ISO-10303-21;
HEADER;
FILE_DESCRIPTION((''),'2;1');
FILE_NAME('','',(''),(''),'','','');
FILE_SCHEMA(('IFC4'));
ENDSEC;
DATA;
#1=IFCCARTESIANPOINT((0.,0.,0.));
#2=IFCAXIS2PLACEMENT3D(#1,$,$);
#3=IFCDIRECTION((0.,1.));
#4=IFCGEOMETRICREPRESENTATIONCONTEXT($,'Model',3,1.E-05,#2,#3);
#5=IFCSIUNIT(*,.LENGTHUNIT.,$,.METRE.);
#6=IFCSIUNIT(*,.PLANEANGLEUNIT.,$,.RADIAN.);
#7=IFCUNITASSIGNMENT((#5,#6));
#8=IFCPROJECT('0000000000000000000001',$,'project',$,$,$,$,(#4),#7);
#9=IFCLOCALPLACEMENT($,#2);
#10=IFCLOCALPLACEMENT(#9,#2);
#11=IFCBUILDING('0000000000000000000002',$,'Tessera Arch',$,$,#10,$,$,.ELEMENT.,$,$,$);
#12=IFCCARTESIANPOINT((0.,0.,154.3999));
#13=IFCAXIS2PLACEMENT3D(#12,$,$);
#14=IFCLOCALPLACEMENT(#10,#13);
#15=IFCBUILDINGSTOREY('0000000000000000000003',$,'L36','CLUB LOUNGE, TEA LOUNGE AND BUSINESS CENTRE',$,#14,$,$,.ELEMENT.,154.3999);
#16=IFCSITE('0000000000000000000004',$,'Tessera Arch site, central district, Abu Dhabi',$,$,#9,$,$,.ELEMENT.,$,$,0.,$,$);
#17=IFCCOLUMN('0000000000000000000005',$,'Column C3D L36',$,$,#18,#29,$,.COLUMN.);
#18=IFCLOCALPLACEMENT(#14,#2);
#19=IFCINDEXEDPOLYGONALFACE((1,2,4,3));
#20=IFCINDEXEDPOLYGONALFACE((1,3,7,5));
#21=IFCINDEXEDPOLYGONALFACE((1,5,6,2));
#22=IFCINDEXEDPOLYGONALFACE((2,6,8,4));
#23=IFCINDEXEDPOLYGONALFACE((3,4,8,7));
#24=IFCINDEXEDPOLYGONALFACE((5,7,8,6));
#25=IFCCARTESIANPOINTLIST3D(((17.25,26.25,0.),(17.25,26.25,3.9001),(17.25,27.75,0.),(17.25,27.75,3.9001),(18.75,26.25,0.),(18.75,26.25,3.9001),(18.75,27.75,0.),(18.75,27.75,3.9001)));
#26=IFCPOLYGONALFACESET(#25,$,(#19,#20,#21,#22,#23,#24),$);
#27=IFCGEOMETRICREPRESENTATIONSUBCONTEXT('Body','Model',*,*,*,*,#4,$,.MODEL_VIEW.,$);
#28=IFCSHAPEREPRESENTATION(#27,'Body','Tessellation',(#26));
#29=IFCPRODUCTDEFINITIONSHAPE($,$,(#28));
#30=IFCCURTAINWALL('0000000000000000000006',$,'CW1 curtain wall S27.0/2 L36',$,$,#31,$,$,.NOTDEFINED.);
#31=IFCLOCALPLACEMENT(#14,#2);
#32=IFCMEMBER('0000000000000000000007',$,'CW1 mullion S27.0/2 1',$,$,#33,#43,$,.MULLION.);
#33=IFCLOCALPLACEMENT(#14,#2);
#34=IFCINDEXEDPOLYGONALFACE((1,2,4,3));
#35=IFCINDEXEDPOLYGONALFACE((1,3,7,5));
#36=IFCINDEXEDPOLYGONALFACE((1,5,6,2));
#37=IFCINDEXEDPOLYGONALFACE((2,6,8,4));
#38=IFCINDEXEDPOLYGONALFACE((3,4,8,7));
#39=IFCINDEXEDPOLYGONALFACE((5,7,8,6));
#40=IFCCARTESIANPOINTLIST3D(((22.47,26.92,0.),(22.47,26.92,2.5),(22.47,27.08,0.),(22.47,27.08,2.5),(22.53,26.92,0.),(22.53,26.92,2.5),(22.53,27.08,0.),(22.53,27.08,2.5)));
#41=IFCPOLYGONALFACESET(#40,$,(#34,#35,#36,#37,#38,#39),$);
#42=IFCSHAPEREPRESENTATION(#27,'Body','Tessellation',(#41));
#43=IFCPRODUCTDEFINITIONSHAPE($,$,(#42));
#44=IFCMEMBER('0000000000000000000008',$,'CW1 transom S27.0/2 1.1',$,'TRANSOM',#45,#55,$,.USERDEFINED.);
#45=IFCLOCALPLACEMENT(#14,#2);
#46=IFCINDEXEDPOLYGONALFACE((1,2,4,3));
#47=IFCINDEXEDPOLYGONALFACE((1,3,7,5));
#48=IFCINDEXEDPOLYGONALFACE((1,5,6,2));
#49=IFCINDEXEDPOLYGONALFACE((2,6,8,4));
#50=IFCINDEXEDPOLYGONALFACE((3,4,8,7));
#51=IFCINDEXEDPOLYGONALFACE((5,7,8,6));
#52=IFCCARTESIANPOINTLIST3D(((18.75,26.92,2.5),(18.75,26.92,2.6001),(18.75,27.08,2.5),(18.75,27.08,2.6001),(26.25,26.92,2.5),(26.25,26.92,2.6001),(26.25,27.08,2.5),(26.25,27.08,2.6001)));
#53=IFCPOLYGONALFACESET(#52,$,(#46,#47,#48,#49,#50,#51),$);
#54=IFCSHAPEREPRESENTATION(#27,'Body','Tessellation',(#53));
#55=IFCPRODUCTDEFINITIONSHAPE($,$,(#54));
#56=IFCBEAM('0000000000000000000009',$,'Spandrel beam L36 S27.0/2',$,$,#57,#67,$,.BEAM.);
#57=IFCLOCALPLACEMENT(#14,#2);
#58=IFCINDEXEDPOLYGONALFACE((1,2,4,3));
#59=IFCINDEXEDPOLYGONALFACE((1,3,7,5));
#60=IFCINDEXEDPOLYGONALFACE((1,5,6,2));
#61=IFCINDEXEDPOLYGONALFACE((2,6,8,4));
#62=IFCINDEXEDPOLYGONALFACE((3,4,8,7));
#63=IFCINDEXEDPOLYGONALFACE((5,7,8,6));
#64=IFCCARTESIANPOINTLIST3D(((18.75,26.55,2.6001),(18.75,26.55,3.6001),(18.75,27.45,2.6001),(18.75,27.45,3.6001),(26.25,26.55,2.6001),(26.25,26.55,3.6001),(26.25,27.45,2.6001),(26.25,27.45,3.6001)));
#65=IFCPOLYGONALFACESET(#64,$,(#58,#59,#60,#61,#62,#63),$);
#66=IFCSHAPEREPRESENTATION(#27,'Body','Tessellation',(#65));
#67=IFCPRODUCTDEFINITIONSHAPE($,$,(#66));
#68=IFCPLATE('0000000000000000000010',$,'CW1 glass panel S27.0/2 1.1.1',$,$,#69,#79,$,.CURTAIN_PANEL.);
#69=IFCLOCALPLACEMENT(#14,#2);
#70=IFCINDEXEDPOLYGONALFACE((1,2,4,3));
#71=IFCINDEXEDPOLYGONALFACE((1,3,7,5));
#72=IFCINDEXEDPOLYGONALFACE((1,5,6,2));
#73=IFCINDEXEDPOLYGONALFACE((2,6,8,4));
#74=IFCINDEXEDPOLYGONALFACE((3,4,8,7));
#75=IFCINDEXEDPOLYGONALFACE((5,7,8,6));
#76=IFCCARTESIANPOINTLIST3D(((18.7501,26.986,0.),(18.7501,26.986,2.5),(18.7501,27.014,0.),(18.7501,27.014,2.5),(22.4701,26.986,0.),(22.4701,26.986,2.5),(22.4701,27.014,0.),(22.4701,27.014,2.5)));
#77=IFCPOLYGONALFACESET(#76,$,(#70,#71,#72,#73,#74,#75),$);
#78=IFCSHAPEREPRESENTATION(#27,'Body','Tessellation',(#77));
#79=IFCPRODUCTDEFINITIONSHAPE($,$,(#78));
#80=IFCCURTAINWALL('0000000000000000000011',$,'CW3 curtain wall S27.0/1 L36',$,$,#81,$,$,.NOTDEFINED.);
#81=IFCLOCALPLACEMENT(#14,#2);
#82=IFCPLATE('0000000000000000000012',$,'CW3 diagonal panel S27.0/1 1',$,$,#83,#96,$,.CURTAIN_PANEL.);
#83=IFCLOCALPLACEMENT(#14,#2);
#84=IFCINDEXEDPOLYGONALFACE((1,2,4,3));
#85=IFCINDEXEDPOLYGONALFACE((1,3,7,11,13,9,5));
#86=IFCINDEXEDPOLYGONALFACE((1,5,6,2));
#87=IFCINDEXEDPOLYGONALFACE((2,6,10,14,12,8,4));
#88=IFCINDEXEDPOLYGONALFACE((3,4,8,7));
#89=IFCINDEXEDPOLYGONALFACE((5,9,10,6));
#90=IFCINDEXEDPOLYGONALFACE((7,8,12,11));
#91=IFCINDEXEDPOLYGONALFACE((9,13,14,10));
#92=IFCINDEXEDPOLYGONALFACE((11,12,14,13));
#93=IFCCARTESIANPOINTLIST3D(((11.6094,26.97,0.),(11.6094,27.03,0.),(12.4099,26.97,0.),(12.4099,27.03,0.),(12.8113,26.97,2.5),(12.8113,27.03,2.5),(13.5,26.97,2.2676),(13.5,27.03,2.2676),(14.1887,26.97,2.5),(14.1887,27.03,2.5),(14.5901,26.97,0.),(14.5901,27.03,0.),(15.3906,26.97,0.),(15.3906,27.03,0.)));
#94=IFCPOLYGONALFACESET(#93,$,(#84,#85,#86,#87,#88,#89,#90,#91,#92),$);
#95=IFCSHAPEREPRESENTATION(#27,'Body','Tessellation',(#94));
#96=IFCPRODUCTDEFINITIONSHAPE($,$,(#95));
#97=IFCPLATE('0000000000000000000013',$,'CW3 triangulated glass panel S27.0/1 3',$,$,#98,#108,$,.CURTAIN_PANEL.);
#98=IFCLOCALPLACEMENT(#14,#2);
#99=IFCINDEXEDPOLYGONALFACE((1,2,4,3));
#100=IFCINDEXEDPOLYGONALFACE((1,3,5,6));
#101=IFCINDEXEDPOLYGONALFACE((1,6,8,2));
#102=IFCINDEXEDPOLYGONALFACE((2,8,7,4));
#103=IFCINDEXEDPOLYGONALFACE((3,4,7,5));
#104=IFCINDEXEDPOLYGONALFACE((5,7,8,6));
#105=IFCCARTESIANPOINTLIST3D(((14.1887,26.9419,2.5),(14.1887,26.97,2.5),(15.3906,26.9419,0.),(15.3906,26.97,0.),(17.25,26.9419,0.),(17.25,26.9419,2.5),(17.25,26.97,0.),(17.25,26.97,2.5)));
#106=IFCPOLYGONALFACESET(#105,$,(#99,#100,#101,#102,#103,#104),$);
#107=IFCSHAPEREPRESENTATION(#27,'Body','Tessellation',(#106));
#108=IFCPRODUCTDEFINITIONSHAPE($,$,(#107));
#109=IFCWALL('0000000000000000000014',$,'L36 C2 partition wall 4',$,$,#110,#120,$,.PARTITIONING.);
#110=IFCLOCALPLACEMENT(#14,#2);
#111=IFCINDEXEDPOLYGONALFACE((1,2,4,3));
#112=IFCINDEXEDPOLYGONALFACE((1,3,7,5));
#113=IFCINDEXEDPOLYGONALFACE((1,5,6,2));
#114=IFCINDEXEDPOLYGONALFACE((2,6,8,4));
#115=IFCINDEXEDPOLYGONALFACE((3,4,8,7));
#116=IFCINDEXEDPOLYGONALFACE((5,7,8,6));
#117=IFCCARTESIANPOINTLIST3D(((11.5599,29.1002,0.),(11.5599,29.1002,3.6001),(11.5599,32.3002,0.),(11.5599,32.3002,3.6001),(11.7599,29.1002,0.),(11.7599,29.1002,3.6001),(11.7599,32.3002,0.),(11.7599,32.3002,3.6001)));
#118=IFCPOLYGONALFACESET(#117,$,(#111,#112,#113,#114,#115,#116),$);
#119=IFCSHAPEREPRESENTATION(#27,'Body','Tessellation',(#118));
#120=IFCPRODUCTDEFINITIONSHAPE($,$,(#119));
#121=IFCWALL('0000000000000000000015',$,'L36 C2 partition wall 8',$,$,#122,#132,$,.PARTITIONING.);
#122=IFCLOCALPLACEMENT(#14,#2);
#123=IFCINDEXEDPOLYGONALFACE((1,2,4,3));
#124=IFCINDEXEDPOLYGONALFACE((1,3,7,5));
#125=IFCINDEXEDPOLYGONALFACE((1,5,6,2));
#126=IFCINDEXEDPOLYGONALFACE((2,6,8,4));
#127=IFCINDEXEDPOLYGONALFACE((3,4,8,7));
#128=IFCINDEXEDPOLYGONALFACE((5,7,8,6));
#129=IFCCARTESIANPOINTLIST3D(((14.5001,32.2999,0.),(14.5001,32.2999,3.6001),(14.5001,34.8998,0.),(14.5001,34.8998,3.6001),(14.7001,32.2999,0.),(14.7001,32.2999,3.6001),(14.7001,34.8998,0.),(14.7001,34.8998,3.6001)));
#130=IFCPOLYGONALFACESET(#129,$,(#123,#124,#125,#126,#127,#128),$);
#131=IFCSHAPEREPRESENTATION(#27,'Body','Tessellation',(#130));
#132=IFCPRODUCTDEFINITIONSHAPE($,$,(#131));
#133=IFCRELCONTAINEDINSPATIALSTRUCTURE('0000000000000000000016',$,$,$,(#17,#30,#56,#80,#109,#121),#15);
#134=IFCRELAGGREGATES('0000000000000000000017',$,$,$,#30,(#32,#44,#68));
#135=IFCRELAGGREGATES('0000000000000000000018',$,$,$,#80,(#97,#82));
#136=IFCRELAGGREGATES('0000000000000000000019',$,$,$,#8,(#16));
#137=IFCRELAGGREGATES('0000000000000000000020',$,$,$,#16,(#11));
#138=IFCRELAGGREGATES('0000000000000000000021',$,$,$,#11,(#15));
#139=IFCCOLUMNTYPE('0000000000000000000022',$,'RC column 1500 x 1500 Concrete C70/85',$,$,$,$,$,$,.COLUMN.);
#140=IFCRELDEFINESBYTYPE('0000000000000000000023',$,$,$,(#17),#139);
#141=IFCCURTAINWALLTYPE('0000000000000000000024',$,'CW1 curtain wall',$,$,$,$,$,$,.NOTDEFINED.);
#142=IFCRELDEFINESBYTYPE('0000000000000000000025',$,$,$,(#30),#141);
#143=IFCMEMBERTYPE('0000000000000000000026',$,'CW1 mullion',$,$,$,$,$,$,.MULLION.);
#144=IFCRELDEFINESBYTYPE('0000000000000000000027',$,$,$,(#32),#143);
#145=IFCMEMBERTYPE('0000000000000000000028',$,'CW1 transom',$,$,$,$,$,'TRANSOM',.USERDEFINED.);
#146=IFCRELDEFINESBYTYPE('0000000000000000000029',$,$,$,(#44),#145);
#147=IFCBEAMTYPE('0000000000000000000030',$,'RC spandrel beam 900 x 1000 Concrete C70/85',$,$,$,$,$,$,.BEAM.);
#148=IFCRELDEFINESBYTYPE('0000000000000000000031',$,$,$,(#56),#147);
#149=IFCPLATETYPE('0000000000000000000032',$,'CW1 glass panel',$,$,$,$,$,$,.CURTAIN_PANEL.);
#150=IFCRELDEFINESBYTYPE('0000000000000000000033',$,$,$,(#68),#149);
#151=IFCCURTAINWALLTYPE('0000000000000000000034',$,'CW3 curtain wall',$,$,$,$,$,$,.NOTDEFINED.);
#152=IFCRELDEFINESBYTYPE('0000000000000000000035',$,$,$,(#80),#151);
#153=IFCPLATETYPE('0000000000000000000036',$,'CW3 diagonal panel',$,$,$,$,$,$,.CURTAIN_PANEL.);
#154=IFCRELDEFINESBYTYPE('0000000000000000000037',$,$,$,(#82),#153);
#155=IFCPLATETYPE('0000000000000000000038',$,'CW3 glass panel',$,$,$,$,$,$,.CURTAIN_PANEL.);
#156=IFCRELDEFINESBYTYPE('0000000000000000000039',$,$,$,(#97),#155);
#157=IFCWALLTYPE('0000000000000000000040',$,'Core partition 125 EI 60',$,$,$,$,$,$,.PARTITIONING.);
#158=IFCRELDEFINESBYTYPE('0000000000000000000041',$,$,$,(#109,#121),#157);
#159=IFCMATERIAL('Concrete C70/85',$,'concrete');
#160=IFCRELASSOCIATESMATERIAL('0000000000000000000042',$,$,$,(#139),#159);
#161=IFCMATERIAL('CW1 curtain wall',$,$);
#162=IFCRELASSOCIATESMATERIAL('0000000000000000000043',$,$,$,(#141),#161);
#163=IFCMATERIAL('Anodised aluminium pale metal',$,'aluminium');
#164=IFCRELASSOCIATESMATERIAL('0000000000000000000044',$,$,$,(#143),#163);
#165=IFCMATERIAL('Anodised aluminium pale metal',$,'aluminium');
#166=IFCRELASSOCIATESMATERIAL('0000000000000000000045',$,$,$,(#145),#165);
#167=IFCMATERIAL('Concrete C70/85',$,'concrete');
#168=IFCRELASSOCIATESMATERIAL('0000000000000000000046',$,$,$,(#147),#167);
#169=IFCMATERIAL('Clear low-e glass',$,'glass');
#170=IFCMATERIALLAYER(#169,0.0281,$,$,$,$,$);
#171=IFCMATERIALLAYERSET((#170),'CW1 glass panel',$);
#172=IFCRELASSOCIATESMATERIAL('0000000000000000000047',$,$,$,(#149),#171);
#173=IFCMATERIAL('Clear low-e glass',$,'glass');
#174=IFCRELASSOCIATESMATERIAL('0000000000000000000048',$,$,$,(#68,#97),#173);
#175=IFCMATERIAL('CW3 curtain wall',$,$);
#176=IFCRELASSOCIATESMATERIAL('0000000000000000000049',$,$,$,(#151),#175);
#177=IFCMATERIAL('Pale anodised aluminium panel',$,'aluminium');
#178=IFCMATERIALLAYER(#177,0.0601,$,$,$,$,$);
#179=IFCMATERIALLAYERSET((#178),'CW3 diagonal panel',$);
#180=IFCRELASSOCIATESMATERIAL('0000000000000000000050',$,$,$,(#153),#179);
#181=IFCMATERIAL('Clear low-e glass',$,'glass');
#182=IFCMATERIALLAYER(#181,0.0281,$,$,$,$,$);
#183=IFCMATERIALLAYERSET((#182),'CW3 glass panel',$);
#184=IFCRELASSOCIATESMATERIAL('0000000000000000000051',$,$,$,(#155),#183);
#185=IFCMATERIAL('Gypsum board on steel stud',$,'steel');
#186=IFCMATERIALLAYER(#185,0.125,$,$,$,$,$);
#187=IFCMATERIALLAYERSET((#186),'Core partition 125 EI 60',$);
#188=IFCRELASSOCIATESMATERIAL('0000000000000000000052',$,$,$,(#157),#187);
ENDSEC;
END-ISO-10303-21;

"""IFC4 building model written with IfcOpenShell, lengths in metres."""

from ifc_helpers import new_model, si_unit, direction, frame, frame_2d, origin, origin_2d, place, context, subcontext, project, spatial, polyline, rectangle, outline, extrude, material, layer, layer_set, material_profile, profile_set, type_object, element, aggregate, save


model = new_model("IFC4")

# Units and contexts
model_context = context("Model", 3, precision=1e-05, world=origin(), true_north=direction((0.0, 1.0)))
body_context = subcontext(model_context, "Body", "Model", "MODEL_VIEW")
ifc_project = project(units=[si_unit("LENGTHUNIT", "METRE"), si_unit("PLANEANGLEUNIT", "RADIAN")], contexts=[model_context])

# Site, building, storey
site_placement = place(None, origin())
site = spatial("IfcSite", under=ifc_project, at=site_placement, Name="Tessera Arch site, central district, Abu Dhabi", CompositionType="ELEMENT", RefElevation=0.0)
building_placement = place(site_placement, origin())
building = spatial("IfcBuilding", under=site, at=building_placement, Name="Tessera Arch", CompositionType="ELEMENT")
storey_placement = place(building_placement, frame((0.0, 0.0, 154.3999)))
storey = spatial("IfcBuildingStorey", under=building, at=storey_placement, Name="L36", Description="CLUB LOUNGE, TEA LOUNGE AND BUSINESS CENTRE", CompositionType="ELEMENT", Elevation=154.3999)

# Column
ifc_material_1 = material(Name="Concrete C70/85", Category="concrete")
ifc_material_profile_1 = material_profile(ifc_material_1, rectangle(XDim=1.5, YDim=1.5, at=origin_2d()), Name="RC column 1500 x 1500 Concrete C70/85")
ifc_profile_set_1 = profile_set([ifc_material_profile_1], Name="Concrete C70/85")
column_type = type_object("IfcColumnType", Name="RC column 1500 x 1500 Concrete C70/85", PredefinedType="COLUMN", material=ifc_profile_set_1)
column_placement = place(storey_placement, frame((18.0, 27.0, 0.0), z_axis=(0.0, 0.0, 1.0), x_axis=(1.0, 0.0, 0.0)))
element("IfcColumn", 1, at=column_placement, inside=storey, type_object=column_type, Name="Column C3D L36", PredefinedType="COLUMN", context=body_context, shape_type="SweptSolid", body=[
    extrude(rectangle(XDim=1.5, YDim=1.5, at=origin_2d()), origin(), (0.0, 0.0, 1.0), 3.9001),
])

# Curtain wall, members
ifc_material_2 = material(Name="CW1 curtain wall")
curtain_wall_type_1 = type_object("IfcCurtainWallType", Name="CW1 curtain wall", PredefinedType="NOTDEFINED", material=ifc_material_2)
curtain_wall_1_placement = place(storey_placement, origin())
curtain_wall_1 = element("IfcCurtainWall", 2, at=curtain_wall_1_placement, inside=storey, type_object=curtain_wall_type_1, Name="CW1 curtain wall S27.0/2 L36", PredefinedType="NOTDEFINED")
ifc_material_3 = material(Name="Anodised aluminium pale metal", Category="aluminium")
ifc_material_profile_2 = material_profile(ifc_material_3, rectangle(XDim=0.1599, YDim=0.0601, at=origin_2d()), Name="AL 60x160")
ifc_profile_set_2 = profile_set([ifc_material_profile_2], Name="Anodised aluminium pale metal")
member_type_1 = type_object("IfcMemberType", Name="CW1 mullion", PredefinedType="MULLION", material=ifc_profile_set_2)
member_1_placement = place(storey_placement, frame((22.5, 27.0, 0.0), z_axis=(0.0, 0.0, 1.0), x_axis=(0.0, 1.0, 0.0)))
member_1 = element("IfcMember", 3, at=member_1_placement, type_object=member_type_1, Name="CW1 mullion S27.0/2 1", PredefinedType="MULLION", context=body_context, shape_type="SweptSolid", body=[
    extrude(rectangle(XDim=0.1599, YDim=0.0601, at=origin_2d()), origin(), (0.0, 0.0, 1.0), 2.5),
])
ifc_material_4 = material(Name="Anodised aluminium pale metal", Category="aluminium")
ifc_material_profile_3 = material_profile(ifc_material_4, rectangle(XDim=0.1599, YDim=0.1001, at=origin_2d()), Name="AL 160x100")
ifc_profile_set_3 = profile_set([ifc_material_profile_3], Name="Anodised aluminium pale metal")
member_type_2 = type_object("IfcMemberType", Name="CW1 transom", ElementType="TRANSOM", PredefinedType="USERDEFINED", material=ifc_profile_set_3)
member_2_placement = place(storey_placement, frame((18.75, 27.0, 2.55), z_axis=(1.0, 0.0, 0.0), x_axis=(0.0, 1.0, 0.0)))
member_2 = element("IfcMember", 4, at=member_2_placement, type_object=member_type_2, Name="CW1 transom S27.0/2 1.1", ObjectType="TRANSOM", PredefinedType="USERDEFINED", context=body_context, shape_type="SweptSolid", body=[
    extrude(rectangle(XDim=0.1599, YDim=0.1001, at=origin_2d()), origin(), (0.0, 0.0, 1.0), 7.5),
])

# Beam
ifc_material_5 = material(Name="Concrete C70/85", Category="concrete")
ifc_material_profile_4 = material_profile(ifc_material_5, rectangle(XDim=0.8999, YDim=1.0, at=origin_2d()), Name="RC spandrel beam 900 x 1000 Concrete C70/85")
ifc_profile_set_4 = profile_set([ifc_material_profile_4], Name="Concrete C70/85")
beam_type = type_object("IfcBeamType", Name="RC spandrel beam 900 x 1000 Concrete C70/85", PredefinedType="BEAM", material=ifc_profile_set_4)
beam_placement = place(storey_placement, frame((18.75, 27.0, 3.1001), z_axis=(1.0, 0.0, 0.0), x_axis=(0.0, 1.0, 0.0)))
element("IfcBeam", 5, at=beam_placement, inside=storey, type_object=beam_type, Name="Spandrel beam L36 S27.0/2", PredefinedType="BEAM", context=body_context, shape_type="SweptSolid", body=[
    extrude(rectangle(XDim=0.8999, YDim=1.0, at=origin_2d()), origin(), (0.0, 0.0, 1.0), 7.5),
])

# Plate
ifc_material_6 = material(Name="Clear low-e glass", Category="glass")
ifc_material_7 = material(Name="Clear low-e glass", Category="glass")
ifc_layer_1 = layer(ifc_material_7, 0.0281)
ifc_layer_set_1 = layer_set([ifc_layer_1], Name="CW1 glass panel")
plate_type_1 = type_object("IfcPlateType", Name="CW1 glass panel", PredefinedType="CURTAIN_PANEL", material=ifc_layer_set_1)
plate_1_placement = place(storey_placement, frame((20.6101, 27.0, 0.0), z_axis=(0.0, 0.0, 1.0), x_axis=(1.0, 0.0, 0.0)))
plate_1 = element("IfcPlate", 6, at=plate_1_placement, type_object=plate_type_1, material=ifc_material_6, Name="CW1 glass panel S27.0/2 1.1.1", PredefinedType="CURTAIN_PANEL", context=body_context, shape_type="SweptSolid", body=[
    extrude(rectangle(XDim=3.72, YDim=0.0281, at=origin_2d()), origin(), (0.0, 0.0, 1.0), 2.5),
])
aggregate(curtain_wall_1, [member_1, member_2, plate_1])

# Curtain wall, plates
ifc_material_8 = material(Name="CW3 curtain wall")
curtain_wall_type_2 = type_object("IfcCurtainWallType", Name="CW3 curtain wall", PredefinedType="NOTDEFINED", material=ifc_material_8)
curtain_wall_2_placement = place(storey_placement, origin())
curtain_wall_2 = element("IfcCurtainWall", 7, at=curtain_wall_2_placement, inside=storey, type_object=curtain_wall_type_2, Name="CW3 curtain wall S27.0/1 L36", PredefinedType="NOTDEFINED")
ifc_material_9 = material(Name="Pale anodised aluminium panel", Category="aluminium")
ifc_layer_2 = layer(ifc_material_9, 0.0601)
ifc_layer_set_2 = layer_set([ifc_layer_2], Name="CW3 diagonal panel")
plate_type_2 = type_object("IfcPlateType", Name="CW3 diagonal panel", PredefinedType="CURTAIN_PANEL", material=ifc_layer_set_2)
plate_2_placement = place(storey_placement, frame((14.1887, 26.97, 2.5), z_axis=(0.0, -1.0, 0.0), x_axis=(-1.0, 0.0, 0.0)))
plate_2 = element("IfcPlate", 8, at=plate_2_placement, type_object=plate_type_2, Name="CW3 diagonal panel S27.0/1 1", PredefinedType="CURTAIN_PANEL", context=body_context, shape_type="SweptSolid", body=[
    extrude(outline(polyline([(0.0, 0.0), (1.3774, 0.0), (2.5793, 2.5), (1.7788, 2.5), (0.6887, 0.2324), (-0.4014, 2.5), (-1.2019, 2.5), (0.0, 0.0)])), origin(), (0.0, 0.0, -1.0), 0.0601),
])
ifc_material_10 = material(Name="Clear low-e glass", Category="glass")
ifc_layer_3 = layer(ifc_material_10, 0.0281)
ifc_layer_set_3 = layer_set([ifc_layer_3], Name="CW3 glass panel")
plate_type_3 = type_object("IfcPlateType", Name="CW3 glass panel", PredefinedType="CURTAIN_PANEL", material=ifc_layer_set_3)
plate_3_placement = place(storey_placement, frame((17.25, 26.9419, 2.5), z_axis=(0.0, -1.0, 0.0), x_axis=(-1.0, 0.0, 0.0)))
plate_3 = element("IfcPlate", 9, at=plate_3_placement, type_object=plate_type_3, material=ifc_material_6, Name="CW3 triangulated glass panel S27.0/1 3", PredefinedType="CURTAIN_PANEL", context=body_context, shape_type="SweptSolid", body=[
    extrude(outline(polyline([(0.0, 0.0), (3.0613, 0.0), (1.8594, 2.5), (0.0, 2.5), (0.0, 0.0)])), origin(), (0.0, 0.0, -1.0), 0.0281),
])

# Walls
ifc_material_11 = material(Name="Gypsum board on steel stud", Category="steel")
ifc_layer_4 = layer(ifc_material_11, 0.125)
ifc_layer_set_4 = layer_set([ifc_layer_4], Name="Core partition 125 EI 60")
wall_type_1 = type_object("IfcWallType", Name="Core partition 125 EI 60", PredefinedType="PARTITIONING", material=ifc_layer_set_4)
wall_1_placement = place(storey_placement, frame((11.6599, 29.1001, 0.0), z_axis=(0.0, 0.0, 1.0), x_axis=(0.0, 1.0, 0.0)))
element("IfcWall", 10, at=wall_1_placement, inside=storey, type_object=wall_type_1, Name="L36 C2 partition wall 4", PredefinedType="PARTITIONING", context=body_context, shape_type="SweptSolid", body=[
    extrude(rectangle(XDim=3.2, YDim=0.2, at=frame_2d((1.6001, 0.0))), origin(), (0.0, 0.0, 1.0), 3.6001),
])
wall_2_placement = place(storey_placement, frame((14.6001, 32.3, 0.0), z_axis=(0.0, 0.0, 1.0), x_axis=(0.0, 1.0, 0.0)))
element("IfcWall", 11, at=wall_2_placement, inside=storey, type_object=wall_type_1, Name="L36 C2 partition wall 8", PredefinedType="PARTITIONING", context=body_context, shape_type="SweptSolid", body=[
    extrude(rectangle(XDim=2.5999, YDim=0.2, at=frame_2d((1.2998, 0.0))), origin(), (0.0, 0.0, 1.0), 3.6001),
])

aggregate(curtain_wall_2, [plate_3, plate_2])

save(model, "model.ifc")
